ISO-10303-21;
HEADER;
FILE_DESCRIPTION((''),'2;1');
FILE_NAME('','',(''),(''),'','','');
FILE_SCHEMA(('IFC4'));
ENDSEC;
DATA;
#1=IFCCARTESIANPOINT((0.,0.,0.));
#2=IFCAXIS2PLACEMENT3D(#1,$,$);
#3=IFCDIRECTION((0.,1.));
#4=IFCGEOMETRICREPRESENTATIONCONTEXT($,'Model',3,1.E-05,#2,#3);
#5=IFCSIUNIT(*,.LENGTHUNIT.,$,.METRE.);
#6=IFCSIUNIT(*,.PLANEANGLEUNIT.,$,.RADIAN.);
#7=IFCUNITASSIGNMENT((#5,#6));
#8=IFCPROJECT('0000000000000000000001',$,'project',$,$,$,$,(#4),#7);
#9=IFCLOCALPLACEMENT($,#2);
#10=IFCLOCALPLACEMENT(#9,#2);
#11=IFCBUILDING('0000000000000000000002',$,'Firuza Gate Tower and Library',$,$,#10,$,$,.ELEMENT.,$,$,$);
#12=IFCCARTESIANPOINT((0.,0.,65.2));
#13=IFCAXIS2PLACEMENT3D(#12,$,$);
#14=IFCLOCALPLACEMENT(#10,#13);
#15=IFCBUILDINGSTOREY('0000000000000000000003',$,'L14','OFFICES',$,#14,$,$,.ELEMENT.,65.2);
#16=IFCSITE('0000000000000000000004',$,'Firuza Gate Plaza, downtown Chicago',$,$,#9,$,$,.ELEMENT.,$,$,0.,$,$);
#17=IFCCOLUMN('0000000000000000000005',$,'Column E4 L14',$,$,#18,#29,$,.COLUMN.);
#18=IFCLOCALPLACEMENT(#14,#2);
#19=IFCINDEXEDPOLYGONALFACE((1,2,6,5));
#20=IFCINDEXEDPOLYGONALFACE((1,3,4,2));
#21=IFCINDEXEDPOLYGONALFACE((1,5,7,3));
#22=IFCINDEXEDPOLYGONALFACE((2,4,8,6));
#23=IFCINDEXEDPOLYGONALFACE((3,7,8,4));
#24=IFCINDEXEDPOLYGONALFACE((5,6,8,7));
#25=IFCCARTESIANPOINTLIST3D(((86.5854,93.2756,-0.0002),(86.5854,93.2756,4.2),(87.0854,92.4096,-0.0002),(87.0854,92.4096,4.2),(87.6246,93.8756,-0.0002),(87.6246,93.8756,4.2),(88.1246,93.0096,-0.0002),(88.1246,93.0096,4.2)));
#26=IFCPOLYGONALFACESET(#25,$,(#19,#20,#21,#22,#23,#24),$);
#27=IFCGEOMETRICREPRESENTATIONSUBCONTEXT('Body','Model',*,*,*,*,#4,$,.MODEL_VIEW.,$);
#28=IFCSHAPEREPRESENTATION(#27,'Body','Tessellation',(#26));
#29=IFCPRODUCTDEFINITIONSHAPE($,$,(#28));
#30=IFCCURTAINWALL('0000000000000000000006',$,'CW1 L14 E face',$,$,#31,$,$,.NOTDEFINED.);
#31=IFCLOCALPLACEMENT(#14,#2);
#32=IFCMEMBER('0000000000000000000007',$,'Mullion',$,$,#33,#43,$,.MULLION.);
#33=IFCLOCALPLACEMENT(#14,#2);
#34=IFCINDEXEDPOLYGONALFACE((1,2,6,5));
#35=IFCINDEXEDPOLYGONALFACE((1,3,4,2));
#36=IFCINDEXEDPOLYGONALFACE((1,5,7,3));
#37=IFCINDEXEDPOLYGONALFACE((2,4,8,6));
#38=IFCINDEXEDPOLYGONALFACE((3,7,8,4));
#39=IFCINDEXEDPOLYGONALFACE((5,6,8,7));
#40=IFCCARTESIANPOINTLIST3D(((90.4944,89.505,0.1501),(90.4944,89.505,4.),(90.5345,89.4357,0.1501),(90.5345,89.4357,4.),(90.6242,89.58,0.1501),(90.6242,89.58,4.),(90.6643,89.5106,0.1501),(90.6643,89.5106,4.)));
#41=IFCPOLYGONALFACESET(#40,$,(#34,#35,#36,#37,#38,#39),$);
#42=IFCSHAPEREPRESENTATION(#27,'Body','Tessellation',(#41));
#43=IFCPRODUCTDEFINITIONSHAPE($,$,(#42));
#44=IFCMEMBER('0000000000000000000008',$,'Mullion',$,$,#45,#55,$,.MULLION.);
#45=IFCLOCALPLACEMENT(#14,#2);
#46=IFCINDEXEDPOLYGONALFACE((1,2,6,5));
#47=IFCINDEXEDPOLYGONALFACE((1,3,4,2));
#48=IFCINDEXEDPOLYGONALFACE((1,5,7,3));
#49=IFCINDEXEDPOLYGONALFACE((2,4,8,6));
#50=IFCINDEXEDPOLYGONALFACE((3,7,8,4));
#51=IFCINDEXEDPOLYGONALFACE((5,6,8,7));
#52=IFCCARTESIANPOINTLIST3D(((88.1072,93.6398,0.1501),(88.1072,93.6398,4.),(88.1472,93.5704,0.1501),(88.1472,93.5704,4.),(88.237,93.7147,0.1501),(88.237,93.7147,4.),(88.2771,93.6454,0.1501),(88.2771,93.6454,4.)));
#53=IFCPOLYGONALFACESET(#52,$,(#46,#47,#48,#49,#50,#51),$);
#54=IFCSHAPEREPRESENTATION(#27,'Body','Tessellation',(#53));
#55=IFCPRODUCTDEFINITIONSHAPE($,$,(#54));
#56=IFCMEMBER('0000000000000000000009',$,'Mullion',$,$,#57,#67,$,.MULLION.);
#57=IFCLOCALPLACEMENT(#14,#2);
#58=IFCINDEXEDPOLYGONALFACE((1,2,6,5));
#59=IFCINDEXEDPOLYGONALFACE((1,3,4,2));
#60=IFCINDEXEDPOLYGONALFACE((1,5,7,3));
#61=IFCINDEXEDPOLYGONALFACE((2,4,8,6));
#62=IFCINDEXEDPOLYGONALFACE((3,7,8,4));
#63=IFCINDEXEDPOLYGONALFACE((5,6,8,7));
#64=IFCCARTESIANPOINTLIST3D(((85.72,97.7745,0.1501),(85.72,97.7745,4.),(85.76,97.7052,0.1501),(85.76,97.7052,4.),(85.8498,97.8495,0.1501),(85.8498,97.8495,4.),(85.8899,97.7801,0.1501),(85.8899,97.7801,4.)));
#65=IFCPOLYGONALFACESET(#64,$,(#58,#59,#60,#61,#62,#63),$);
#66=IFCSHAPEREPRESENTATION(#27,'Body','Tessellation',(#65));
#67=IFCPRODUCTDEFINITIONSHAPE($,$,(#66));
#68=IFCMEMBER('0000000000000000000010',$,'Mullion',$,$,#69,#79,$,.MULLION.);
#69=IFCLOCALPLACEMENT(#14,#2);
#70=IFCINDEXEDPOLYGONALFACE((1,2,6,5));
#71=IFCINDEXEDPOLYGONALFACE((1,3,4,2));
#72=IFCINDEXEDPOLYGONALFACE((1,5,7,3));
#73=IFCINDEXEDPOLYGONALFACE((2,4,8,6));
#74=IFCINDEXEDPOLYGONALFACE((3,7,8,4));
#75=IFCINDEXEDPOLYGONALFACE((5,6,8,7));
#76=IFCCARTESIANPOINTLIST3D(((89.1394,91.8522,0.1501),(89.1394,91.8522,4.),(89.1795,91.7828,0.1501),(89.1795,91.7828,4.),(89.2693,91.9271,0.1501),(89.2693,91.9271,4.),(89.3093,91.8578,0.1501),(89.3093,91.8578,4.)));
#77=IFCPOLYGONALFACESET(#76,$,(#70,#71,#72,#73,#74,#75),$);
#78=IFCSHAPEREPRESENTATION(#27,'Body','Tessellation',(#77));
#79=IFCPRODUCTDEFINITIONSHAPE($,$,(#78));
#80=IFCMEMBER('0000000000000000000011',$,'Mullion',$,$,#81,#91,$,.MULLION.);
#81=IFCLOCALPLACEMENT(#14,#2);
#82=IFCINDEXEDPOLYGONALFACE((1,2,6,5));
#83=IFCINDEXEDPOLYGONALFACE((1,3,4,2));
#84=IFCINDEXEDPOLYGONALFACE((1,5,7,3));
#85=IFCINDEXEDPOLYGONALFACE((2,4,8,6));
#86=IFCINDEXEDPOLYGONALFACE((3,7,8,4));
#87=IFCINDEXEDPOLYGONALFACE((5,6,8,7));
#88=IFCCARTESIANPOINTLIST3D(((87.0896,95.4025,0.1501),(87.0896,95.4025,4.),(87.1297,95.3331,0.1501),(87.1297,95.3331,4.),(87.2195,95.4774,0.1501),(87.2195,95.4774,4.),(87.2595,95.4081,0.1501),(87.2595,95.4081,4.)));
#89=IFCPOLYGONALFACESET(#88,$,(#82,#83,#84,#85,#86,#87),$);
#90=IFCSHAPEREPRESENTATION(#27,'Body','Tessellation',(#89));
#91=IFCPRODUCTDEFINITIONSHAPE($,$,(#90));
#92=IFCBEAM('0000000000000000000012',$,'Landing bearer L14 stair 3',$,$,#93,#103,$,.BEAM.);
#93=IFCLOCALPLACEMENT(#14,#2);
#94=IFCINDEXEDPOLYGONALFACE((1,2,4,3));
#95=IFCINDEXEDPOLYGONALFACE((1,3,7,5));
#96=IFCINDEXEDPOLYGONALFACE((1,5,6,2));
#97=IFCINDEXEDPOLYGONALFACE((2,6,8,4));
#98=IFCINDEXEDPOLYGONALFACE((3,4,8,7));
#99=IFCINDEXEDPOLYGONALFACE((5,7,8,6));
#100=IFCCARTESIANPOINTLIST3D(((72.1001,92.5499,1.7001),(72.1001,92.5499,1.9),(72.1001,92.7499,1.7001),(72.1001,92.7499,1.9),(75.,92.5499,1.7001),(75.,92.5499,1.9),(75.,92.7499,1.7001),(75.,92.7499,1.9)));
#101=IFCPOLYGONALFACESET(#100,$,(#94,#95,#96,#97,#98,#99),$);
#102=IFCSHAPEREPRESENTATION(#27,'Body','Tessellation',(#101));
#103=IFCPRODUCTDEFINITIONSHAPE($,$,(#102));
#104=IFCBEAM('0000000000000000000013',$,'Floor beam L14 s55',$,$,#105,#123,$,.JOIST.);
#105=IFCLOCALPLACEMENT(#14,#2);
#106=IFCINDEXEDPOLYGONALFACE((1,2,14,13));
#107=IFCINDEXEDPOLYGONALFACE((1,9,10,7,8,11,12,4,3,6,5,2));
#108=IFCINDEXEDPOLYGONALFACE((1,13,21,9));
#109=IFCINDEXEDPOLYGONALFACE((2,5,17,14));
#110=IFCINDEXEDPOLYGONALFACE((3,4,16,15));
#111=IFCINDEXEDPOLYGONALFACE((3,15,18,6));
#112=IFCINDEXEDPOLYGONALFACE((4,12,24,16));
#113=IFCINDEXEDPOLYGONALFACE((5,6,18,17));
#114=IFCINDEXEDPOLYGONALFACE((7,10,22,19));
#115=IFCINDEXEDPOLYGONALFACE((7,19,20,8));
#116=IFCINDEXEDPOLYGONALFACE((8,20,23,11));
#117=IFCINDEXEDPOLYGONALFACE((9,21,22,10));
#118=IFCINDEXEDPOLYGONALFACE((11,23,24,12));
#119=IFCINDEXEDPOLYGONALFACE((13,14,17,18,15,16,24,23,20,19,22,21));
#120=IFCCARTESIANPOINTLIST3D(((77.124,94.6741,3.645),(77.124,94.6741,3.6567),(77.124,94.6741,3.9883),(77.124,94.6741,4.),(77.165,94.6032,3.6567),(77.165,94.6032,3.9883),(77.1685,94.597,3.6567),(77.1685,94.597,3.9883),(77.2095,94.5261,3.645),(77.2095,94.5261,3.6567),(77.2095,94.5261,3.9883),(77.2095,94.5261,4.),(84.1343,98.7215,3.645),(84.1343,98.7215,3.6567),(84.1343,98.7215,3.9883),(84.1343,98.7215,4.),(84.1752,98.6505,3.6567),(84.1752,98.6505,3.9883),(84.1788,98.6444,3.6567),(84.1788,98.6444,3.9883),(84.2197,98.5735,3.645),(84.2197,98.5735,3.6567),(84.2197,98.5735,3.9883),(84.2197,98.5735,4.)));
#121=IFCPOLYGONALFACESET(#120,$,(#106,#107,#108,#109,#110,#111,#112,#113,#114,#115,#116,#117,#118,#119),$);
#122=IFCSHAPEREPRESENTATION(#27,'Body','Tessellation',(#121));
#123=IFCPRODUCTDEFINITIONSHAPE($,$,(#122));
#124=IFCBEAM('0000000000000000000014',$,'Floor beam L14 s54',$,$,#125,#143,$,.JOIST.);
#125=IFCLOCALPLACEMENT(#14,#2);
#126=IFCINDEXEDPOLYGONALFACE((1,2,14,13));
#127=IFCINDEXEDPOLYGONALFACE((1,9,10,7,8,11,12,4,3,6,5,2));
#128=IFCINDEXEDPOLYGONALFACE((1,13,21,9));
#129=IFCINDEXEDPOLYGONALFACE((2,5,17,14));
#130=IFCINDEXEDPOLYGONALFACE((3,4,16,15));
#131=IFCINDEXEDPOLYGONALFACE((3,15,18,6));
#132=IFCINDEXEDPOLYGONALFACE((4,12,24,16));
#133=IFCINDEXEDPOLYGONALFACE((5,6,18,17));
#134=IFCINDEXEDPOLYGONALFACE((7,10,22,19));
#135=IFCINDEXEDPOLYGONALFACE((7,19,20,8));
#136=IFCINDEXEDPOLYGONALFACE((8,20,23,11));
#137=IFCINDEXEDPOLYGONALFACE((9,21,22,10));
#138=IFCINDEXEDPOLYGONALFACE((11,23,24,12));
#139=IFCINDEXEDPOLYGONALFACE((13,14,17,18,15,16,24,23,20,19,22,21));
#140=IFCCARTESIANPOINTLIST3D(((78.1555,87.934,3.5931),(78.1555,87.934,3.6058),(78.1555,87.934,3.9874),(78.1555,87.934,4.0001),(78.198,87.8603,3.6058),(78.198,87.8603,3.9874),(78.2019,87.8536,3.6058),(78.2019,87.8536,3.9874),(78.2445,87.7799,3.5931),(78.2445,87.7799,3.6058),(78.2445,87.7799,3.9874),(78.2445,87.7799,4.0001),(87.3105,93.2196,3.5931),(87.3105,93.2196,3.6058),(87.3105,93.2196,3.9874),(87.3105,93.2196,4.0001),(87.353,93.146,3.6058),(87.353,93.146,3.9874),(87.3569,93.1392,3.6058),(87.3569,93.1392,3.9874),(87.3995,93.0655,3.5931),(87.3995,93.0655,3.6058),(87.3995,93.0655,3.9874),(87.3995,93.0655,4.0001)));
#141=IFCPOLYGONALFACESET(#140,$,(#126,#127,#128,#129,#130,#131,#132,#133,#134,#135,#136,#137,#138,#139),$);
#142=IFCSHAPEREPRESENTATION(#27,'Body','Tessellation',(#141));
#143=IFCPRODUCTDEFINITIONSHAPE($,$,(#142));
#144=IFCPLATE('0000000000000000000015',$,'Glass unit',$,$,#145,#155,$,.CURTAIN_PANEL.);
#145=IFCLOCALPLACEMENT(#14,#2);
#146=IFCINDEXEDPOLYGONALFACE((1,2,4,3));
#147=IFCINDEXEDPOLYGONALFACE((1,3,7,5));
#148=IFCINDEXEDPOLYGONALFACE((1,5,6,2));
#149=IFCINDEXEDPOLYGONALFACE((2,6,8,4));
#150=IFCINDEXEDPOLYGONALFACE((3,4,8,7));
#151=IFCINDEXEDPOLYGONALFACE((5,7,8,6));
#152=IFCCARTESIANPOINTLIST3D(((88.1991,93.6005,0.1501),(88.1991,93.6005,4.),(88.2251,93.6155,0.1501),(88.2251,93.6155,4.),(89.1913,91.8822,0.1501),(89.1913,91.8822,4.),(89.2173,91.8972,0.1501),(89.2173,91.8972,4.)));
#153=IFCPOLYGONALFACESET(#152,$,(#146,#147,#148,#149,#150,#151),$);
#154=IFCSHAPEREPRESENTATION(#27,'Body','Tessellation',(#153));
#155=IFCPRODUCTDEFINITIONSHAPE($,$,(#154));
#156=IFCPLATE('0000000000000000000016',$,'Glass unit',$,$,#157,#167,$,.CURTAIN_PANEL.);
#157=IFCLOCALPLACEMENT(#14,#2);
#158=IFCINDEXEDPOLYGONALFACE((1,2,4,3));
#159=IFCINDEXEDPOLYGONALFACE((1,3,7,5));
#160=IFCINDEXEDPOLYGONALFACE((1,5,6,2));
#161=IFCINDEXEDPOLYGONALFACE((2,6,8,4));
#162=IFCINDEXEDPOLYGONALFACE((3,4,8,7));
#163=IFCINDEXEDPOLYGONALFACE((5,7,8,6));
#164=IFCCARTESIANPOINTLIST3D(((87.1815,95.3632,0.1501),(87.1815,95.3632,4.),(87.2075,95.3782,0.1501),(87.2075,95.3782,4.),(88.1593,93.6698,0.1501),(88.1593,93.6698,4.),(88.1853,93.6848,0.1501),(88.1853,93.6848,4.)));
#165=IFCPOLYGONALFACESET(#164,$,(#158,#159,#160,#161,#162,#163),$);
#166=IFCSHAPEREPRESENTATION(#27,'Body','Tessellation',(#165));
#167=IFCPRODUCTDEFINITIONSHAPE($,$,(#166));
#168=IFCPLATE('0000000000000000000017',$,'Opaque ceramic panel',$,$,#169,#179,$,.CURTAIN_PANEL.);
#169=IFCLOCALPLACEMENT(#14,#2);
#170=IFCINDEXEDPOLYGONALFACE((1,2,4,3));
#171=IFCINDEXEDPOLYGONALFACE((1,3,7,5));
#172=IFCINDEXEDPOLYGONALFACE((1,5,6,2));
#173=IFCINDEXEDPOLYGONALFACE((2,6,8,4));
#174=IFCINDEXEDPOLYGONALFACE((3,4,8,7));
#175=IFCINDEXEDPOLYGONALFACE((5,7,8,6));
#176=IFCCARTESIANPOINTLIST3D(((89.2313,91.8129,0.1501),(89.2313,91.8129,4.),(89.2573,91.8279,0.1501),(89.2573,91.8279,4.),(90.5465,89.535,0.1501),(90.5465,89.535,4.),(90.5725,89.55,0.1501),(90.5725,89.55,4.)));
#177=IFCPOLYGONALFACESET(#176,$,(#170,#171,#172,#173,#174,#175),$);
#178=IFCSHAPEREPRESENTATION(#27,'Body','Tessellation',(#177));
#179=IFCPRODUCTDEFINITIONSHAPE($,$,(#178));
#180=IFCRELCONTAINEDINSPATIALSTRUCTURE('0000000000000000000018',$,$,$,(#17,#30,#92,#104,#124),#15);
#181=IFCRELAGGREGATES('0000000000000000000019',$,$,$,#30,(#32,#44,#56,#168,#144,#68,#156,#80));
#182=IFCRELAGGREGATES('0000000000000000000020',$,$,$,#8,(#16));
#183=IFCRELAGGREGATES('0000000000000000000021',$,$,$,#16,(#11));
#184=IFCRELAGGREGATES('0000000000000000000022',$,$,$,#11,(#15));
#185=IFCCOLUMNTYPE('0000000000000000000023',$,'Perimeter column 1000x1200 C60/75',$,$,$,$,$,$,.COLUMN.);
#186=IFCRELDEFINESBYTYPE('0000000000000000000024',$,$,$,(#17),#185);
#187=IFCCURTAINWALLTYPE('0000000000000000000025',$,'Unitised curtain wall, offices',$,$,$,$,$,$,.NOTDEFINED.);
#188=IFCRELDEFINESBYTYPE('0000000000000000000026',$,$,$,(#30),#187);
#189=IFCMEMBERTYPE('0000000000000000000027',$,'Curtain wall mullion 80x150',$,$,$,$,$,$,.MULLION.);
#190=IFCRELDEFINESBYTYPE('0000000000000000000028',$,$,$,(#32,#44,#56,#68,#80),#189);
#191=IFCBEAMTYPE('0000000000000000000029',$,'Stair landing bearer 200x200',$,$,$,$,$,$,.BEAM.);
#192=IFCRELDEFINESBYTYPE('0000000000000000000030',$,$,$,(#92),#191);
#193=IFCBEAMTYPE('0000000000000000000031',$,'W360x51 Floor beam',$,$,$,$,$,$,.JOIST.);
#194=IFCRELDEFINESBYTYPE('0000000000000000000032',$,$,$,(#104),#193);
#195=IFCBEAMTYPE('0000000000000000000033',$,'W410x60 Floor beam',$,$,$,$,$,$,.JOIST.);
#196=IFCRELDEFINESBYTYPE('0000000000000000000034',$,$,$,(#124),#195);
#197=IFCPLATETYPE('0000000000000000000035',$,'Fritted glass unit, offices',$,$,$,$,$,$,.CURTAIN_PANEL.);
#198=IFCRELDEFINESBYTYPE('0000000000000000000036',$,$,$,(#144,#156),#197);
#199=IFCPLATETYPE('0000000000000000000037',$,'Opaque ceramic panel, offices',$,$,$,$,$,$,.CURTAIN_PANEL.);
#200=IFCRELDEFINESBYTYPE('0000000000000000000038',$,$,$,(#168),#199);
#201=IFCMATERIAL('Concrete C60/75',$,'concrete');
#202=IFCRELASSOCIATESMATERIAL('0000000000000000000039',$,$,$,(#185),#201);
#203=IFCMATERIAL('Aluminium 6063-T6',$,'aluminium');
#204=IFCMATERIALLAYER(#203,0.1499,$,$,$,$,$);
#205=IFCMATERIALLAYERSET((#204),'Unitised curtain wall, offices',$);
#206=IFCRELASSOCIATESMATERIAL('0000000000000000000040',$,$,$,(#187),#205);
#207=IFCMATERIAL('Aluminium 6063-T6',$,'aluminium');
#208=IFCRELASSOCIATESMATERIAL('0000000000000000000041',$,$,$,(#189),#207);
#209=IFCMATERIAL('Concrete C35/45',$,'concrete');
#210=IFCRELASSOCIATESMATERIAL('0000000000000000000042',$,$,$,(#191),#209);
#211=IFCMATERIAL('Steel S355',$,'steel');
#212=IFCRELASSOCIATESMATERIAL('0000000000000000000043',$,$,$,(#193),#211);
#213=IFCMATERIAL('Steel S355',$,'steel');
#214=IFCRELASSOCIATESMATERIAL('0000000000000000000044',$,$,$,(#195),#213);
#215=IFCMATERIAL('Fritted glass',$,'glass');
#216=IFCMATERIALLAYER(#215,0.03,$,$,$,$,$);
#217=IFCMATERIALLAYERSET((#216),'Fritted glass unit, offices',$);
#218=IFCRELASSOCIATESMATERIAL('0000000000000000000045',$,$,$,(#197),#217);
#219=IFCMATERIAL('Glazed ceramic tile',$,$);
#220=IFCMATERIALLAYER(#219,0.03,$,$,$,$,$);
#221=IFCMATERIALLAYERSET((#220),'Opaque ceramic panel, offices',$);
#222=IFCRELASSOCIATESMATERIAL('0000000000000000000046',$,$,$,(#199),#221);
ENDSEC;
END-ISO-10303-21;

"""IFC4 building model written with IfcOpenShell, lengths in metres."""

from ifc_helpers import new_model, si_unit, direction, frame, origin, origin_2d, place, context, subcontext, project, spatial, polyline, rectangle, i_section, outline, extrude, material, layer, layer_set, material_profile, profile_set, type_object, element, aggregate, save


model = new_model("IFC4")

# Units and contexts
model_context = context("Model", 3, precision=1e-05, world=origin(), true_north=direction((0.0, 1.0)))
body_context = subcontext(model_context, "Body", "Model", "MODEL_VIEW")
ifc_project = project(units=[si_unit("LENGTHUNIT", "METRE"), si_unit("PLANEANGLEUNIT", "RADIAN")], contexts=[model_context])

# Site, building, storey
site_placement = place(None, origin())
site = spatial("IfcSite", under=ifc_project, at=site_placement, Name="Firuza Gate Plaza, downtown Chicago", CompositionType="ELEMENT", RefElevation=0.0)
building_placement = place(site_placement, origin())
building = spatial("IfcBuilding", under=site, at=building_placement, Name="Firuza Gate Tower and Library", CompositionType="ELEMENT")
storey_placement = place(building_placement, frame((0.0, 0.0, 65.2)))
storey = spatial("IfcBuildingStorey", under=building, at=storey_placement, Name="L14", Description="OFFICES", CompositionType="ELEMENT", Elevation=65.2)

# Column
ifc_material_1 = material(Name="Concrete C60/75", Category="concrete")
ifc_material_profile_1 = material_profile(ifc_material_1, rectangle(XDim=1.0, YDim=1.2, at=origin_2d()))
ifc_profile_set_1 = profile_set([ifc_material_profile_1], Name="Concrete C60/75")
column_type = type_object("IfcColumnType", Name="Perimeter column 1000x1200 C60/75", PredefinedType="COLUMN", material=ifc_profile_set_1)
column_placement = place(storey_placement, frame((87.355, 93.1426, -0.0002), z_axis=(0.0, 0.0, 1.0), x_axis=(-0.5, 0.866025, 0.0)))
element("IfcColumn", 1, at=column_placement, inside=storey, type_object=column_type, Name="Column E4 L14", PredefinedType="COLUMN", context=body_context, shape_type="SweptSolid", body=[
    extrude(rectangle(XDim=1.0, YDim=1.2, at=origin_2d()), origin(), (0.0, 0.0, 1.0), 4.2002),
])

# Curtain wall, members
ifc_material_2 = material(Name="Aluminium 6063-T6", Category="aluminium")
ifc_layer_1 = layer(ifc_material_2, 0.1499)
ifc_layer_set_1 = layer_set([ifc_layer_1], Name="Unitised curtain wall, offices")
curtain_wall_type = type_object("IfcCurtainWallType", Name="Unitised curtain wall, offices", PredefinedType="NOTDEFINED", material=ifc_layer_set_1)
curtain_wall_placement = place(storey_placement, origin())
curtain_wall = element("IfcCurtainWall", 2, at=curtain_wall_placement, inside=storey, type_object=curtain_wall_type, Name="CW1 L14 E face", PredefinedType="NOTDEFINED")
ifc_material_3 = material(Name="Aluminium 6063-T6", Category="aluminium")
ifc_material_profile_2 = material_profile(ifc_material_3, rectangle(XDim=0.1499, YDim=0.0801, at=origin_2d()))
ifc_profile_set_2 = profile_set([ifc_material_profile_2], Name="Aluminium 6063-T6")
member_type = type_object("IfcMemberType", Name="Curtain wall mullion 80x150", PredefinedType="MULLION", material=ifc_profile_set_2)
member_1_placement = place(storey_placement, frame((90.5793, 89.5078, 0.1501), z_axis=(0.0, 0.0, 1.0), x_axis=(-0.866025, -0.5, 0.0)))
member_1 = element("IfcMember", 3, at=member_1_placement, type_object=member_type, Name="Mullion", PredefinedType="MULLION", context=body_context, shape_type="SweptSolid", body=[
    extrude(rectangle(XDim=0.1499, YDim=0.0801, at=origin_2d()), origin(), (0.0, 0.0, 1.0), 3.8499),
])
member_2_placement = place(storey_placement, frame((88.1921, 93.6426, 0.1501), z_axis=(0.0, 0.0, 1.0), x_axis=(-0.866025, -0.5, 0.0)))
member_2 = element("IfcMember", 4, at=member_2_placement, type_object=member_type, Name="Mullion", PredefinedType="MULLION", context=body_context, shape_type="SweptSolid", body=[
    extrude(rectangle(XDim=0.1499, YDim=0.0801, at=origin_2d()), origin(), (0.0, 0.0, 1.0), 3.8499),
])
member_3_placement = place(storey_placement, frame((85.8049, 97.7773, 0.1501), z_axis=(0.0, 0.0, 1.0), x_axis=(-0.866025, -0.5, 0.0)))
member_3 = element("IfcMember", 5, at=member_3_placement, type_object=member_type, Name="Mullion", PredefinedType="MULLION", context=body_context, shape_type="SweptSolid", body=[
    extrude(rectangle(XDim=0.1499, YDim=0.0801, at=origin_2d()), origin(), (0.0, 0.0, 1.0), 3.8499),
])
member_4_placement = place(storey_placement, frame((89.2244, 91.855, 0.1501), z_axis=(0.0, 0.0, 1.0), x_axis=(-0.866025, -0.5, 0.0)))
member_4 = element("IfcMember", 6, at=member_4_placement, type_object=member_type, Name="Mullion", PredefinedType="MULLION", context=body_context, shape_type="SweptSolid", body=[
    extrude(rectangle(XDim=0.1499, YDim=0.0801, at=origin_2d()), origin(), (0.0, 0.0, 1.0), 3.8499),
])
member_5_placement = place(storey_placement, frame((87.1746, 95.4053, 0.1501), z_axis=(0.0, 0.0, 1.0), x_axis=(-0.866025, -0.5, 0.0)))
member_5 = element("IfcMember", 7, at=member_5_placement, type_object=member_type, Name="Mullion", PredefinedType="MULLION", context=body_context, shape_type="SweptSolid", body=[
    extrude(rectangle(XDim=0.1499, YDim=0.0801, at=origin_2d()), origin(), (0.0, 0.0, 1.0), 3.8499),
])

# Beams
ifc_material_4 = material(Name="Concrete C35/45", Category="concrete")
ifc_material_profile_3 = material_profile(ifc_material_4, rectangle(XDim=0.2, YDim=0.2, at=origin_2d()))
ifc_profile_set_3 = profile_set([ifc_material_profile_3], Name="Concrete C35/45")
beam_type_1 = type_object("IfcBeamType", Name="Stair landing bearer 200x200", PredefinedType="BEAM", material=ifc_profile_set_3)
beam_1_placement = place(storey_placement, frame((75.0, 92.6499, 1.8), z_axis=(-1.0, 0.0, 0.0), x_axis=(0.0, -1.0, 0.0)))
element("IfcBeam", 8, at=beam_1_placement, inside=storey, type_object=beam_type_1, Name="Landing bearer L14 stair 3", PredefinedType="BEAM", context=body_context, shape_type="SweptSolid", body=[
    extrude(rectangle(XDim=0.2, YDim=0.2, at=origin_2d()), origin(), (0.0, 0.0, 1.0), 2.8999),
])
ifc_material_5 = material(Name="Steel S355", Category="steel")
ifc_material_profile_4 = material_profile(ifc_material_5, i_section(OverallWidth=0.1709, OverallDepth=0.355, WebThickness=0.0071, FlangeThickness=0.0117, at=origin_2d()))
ifc_profile_set_4 = profile_set([ifc_material_profile_4], Name="Steel S355")
beam_type_2 = type_object("IfcBeamType", Name="W360x51 Floor beam", PredefinedType="JOIST", material=ifc_profile_set_4)
beam_2_placement = place(storey_placement, frame((84.177, 98.6475, 3.8225), z_axis=(-0.866026, -0.499999, 0.0), x_axis=(0.499999, -0.866026, 0.0)))
element("IfcBeam", 9, at=beam_2_placement, inside=storey, type_object=beam_type_2, Name="Floor beam L14 s55", PredefinedType="JOIST", context=body_context, shape_type="SweptSolid", body=[
    extrude(i_section(OverallWidth=0.1709, OverallDepth=0.355, WebThickness=0.0071, FlangeThickness=0.0117, at=origin_2d()), origin(), (0.0, 0.0, 1.0), 8.0947),
])
ifc_material_6 = material(Name="Steel S355", Category="steel")
ifc_material_profile_5 = material_profile(ifc_material_6, i_section(OverallWidth=0.178, OverallDepth=0.407, WebThickness=0.0078, FlangeThickness=0.0127, at=origin_2d()))
ifc_profile_set_5 = profile_set([ifc_material_profile_5], Name="Steel S355")
beam_type_3 = type_object("IfcBeamType", Name="W410x60 Floor beam", PredefinedType="JOIST", material=ifc_profile_set_5)
beam_3_placement = place(storey_placement, frame((87.355, 93.1426, 3.7966), z_axis=(-0.866026, -0.499999, 0.0), x_axis=(0.499999, -0.866026, 0.0)))
element("IfcBeam", 10, at=beam_3_placement, inside=storey, type_object=beam_type_3, Name="Floor beam L14 s54", PredefinedType="JOIST", context=body_context, shape_type="SweptSolid", body=[
    extrude(i_section(OverallWidth=0.178, OverallDepth=0.407, WebThickness=0.0078, FlangeThickness=0.0127, at=origin_2d()), origin(), (0.0, 0.0, 1.0), 10.5713),
])

# Plates
ifc_material_7 = material(Name="Fritted glass", Category="glass")
ifc_layer_2 = layer(ifc_material_7, 0.03)
ifc_layer_set_2 = layer_set([ifc_layer_2], Name="Fritted glass unit, offices")
plate_type_1 = type_object("IfcPlateType", Name="Fritted glass unit, offices", PredefinedType="CURTAIN_PANEL", material=ifc_layer_set_2)
plate_1_placement = place(storey_placement, frame((89.2173, 91.8972, 0.1501), z_axis=(0.865993, 0.500056, 0.0), x_axis=(-0.500056, 0.865993, 0.0)))
plate_1 = element("IfcPlate", 11, at=plate_1_placement, type_object=plate_type_1, Name="Glass unit", PredefinedType="CURTAIN_PANEL", context=body_context, shape_type="SweptSolid", body=[
    extrude(outline(polyline([(0.0, 0.0), (1.9842, 0.0), (1.9842, 3.8499), (0.0, 3.8499), (0.0, 0.0)])), origin(), (0.0, 0.0, -1.0), 0.03),
])
plate_2_placement = place(storey_placement, frame((88.1853, 93.6848, 0.1501), z_axis=(0.865998, 0.500047, 0.0), x_axis=(-0.500047, 0.865998, 0.0)))
plate_2 = element("IfcPlate", 12, at=plate_2_placement, type_object=plate_type_1, Name="Glass unit", PredefinedType="CURTAIN_PANEL", context=body_context, shape_type="SweptSolid", body=[
    extrude(outline(polyline([(0.0, 0.0), (1.9554, 0.0), (1.9554, 3.8499), (0.0, 3.8499), (0.0, 0.0)])), origin(), (0.0, 0.0, -1.0), 0.03),
])
ifc_material_8 = material(Name="Glazed ceramic tile")
ifc_layer_3 = layer(ifc_material_8, 0.03)
ifc_layer_set_3 = layer_set([ifc_layer_3], Name="Opaque ceramic panel, offices")
plate_type_2 = type_object("IfcPlateType", Name="Opaque ceramic panel, offices", PredefinedType="CURTAIN_PANEL", material=ifc_layer_set_3)
plate_3_placement = place(storey_placement, frame((90.5725, 89.55, 0.1501), z_axis=(0.866012, 0.500022, 0.0), x_axis=(-0.500022, 0.866012, 0.0)))
plate_3 = element("IfcPlate", 13, at=plate_3_placement, type_object=plate_type_2, Name="Opaque ceramic panel", PredefinedType="CURTAIN_PANEL", context=body_context, shape_type="SweptSolid", body=[
    extrude(outline(polyline([(0.0, 0.0), (2.6303, 0.0), (2.6303, 3.8499), (0.0, 3.8499), (0.0, 0.0)])), origin(), (0.0, 0.0, -1.0), 0.03),
])
aggregate(curtain_wall, [member_1, member_2, member_3, plate_3, plate_1, member_4, plate_2, member_5])

save(model, "model.ifc")
